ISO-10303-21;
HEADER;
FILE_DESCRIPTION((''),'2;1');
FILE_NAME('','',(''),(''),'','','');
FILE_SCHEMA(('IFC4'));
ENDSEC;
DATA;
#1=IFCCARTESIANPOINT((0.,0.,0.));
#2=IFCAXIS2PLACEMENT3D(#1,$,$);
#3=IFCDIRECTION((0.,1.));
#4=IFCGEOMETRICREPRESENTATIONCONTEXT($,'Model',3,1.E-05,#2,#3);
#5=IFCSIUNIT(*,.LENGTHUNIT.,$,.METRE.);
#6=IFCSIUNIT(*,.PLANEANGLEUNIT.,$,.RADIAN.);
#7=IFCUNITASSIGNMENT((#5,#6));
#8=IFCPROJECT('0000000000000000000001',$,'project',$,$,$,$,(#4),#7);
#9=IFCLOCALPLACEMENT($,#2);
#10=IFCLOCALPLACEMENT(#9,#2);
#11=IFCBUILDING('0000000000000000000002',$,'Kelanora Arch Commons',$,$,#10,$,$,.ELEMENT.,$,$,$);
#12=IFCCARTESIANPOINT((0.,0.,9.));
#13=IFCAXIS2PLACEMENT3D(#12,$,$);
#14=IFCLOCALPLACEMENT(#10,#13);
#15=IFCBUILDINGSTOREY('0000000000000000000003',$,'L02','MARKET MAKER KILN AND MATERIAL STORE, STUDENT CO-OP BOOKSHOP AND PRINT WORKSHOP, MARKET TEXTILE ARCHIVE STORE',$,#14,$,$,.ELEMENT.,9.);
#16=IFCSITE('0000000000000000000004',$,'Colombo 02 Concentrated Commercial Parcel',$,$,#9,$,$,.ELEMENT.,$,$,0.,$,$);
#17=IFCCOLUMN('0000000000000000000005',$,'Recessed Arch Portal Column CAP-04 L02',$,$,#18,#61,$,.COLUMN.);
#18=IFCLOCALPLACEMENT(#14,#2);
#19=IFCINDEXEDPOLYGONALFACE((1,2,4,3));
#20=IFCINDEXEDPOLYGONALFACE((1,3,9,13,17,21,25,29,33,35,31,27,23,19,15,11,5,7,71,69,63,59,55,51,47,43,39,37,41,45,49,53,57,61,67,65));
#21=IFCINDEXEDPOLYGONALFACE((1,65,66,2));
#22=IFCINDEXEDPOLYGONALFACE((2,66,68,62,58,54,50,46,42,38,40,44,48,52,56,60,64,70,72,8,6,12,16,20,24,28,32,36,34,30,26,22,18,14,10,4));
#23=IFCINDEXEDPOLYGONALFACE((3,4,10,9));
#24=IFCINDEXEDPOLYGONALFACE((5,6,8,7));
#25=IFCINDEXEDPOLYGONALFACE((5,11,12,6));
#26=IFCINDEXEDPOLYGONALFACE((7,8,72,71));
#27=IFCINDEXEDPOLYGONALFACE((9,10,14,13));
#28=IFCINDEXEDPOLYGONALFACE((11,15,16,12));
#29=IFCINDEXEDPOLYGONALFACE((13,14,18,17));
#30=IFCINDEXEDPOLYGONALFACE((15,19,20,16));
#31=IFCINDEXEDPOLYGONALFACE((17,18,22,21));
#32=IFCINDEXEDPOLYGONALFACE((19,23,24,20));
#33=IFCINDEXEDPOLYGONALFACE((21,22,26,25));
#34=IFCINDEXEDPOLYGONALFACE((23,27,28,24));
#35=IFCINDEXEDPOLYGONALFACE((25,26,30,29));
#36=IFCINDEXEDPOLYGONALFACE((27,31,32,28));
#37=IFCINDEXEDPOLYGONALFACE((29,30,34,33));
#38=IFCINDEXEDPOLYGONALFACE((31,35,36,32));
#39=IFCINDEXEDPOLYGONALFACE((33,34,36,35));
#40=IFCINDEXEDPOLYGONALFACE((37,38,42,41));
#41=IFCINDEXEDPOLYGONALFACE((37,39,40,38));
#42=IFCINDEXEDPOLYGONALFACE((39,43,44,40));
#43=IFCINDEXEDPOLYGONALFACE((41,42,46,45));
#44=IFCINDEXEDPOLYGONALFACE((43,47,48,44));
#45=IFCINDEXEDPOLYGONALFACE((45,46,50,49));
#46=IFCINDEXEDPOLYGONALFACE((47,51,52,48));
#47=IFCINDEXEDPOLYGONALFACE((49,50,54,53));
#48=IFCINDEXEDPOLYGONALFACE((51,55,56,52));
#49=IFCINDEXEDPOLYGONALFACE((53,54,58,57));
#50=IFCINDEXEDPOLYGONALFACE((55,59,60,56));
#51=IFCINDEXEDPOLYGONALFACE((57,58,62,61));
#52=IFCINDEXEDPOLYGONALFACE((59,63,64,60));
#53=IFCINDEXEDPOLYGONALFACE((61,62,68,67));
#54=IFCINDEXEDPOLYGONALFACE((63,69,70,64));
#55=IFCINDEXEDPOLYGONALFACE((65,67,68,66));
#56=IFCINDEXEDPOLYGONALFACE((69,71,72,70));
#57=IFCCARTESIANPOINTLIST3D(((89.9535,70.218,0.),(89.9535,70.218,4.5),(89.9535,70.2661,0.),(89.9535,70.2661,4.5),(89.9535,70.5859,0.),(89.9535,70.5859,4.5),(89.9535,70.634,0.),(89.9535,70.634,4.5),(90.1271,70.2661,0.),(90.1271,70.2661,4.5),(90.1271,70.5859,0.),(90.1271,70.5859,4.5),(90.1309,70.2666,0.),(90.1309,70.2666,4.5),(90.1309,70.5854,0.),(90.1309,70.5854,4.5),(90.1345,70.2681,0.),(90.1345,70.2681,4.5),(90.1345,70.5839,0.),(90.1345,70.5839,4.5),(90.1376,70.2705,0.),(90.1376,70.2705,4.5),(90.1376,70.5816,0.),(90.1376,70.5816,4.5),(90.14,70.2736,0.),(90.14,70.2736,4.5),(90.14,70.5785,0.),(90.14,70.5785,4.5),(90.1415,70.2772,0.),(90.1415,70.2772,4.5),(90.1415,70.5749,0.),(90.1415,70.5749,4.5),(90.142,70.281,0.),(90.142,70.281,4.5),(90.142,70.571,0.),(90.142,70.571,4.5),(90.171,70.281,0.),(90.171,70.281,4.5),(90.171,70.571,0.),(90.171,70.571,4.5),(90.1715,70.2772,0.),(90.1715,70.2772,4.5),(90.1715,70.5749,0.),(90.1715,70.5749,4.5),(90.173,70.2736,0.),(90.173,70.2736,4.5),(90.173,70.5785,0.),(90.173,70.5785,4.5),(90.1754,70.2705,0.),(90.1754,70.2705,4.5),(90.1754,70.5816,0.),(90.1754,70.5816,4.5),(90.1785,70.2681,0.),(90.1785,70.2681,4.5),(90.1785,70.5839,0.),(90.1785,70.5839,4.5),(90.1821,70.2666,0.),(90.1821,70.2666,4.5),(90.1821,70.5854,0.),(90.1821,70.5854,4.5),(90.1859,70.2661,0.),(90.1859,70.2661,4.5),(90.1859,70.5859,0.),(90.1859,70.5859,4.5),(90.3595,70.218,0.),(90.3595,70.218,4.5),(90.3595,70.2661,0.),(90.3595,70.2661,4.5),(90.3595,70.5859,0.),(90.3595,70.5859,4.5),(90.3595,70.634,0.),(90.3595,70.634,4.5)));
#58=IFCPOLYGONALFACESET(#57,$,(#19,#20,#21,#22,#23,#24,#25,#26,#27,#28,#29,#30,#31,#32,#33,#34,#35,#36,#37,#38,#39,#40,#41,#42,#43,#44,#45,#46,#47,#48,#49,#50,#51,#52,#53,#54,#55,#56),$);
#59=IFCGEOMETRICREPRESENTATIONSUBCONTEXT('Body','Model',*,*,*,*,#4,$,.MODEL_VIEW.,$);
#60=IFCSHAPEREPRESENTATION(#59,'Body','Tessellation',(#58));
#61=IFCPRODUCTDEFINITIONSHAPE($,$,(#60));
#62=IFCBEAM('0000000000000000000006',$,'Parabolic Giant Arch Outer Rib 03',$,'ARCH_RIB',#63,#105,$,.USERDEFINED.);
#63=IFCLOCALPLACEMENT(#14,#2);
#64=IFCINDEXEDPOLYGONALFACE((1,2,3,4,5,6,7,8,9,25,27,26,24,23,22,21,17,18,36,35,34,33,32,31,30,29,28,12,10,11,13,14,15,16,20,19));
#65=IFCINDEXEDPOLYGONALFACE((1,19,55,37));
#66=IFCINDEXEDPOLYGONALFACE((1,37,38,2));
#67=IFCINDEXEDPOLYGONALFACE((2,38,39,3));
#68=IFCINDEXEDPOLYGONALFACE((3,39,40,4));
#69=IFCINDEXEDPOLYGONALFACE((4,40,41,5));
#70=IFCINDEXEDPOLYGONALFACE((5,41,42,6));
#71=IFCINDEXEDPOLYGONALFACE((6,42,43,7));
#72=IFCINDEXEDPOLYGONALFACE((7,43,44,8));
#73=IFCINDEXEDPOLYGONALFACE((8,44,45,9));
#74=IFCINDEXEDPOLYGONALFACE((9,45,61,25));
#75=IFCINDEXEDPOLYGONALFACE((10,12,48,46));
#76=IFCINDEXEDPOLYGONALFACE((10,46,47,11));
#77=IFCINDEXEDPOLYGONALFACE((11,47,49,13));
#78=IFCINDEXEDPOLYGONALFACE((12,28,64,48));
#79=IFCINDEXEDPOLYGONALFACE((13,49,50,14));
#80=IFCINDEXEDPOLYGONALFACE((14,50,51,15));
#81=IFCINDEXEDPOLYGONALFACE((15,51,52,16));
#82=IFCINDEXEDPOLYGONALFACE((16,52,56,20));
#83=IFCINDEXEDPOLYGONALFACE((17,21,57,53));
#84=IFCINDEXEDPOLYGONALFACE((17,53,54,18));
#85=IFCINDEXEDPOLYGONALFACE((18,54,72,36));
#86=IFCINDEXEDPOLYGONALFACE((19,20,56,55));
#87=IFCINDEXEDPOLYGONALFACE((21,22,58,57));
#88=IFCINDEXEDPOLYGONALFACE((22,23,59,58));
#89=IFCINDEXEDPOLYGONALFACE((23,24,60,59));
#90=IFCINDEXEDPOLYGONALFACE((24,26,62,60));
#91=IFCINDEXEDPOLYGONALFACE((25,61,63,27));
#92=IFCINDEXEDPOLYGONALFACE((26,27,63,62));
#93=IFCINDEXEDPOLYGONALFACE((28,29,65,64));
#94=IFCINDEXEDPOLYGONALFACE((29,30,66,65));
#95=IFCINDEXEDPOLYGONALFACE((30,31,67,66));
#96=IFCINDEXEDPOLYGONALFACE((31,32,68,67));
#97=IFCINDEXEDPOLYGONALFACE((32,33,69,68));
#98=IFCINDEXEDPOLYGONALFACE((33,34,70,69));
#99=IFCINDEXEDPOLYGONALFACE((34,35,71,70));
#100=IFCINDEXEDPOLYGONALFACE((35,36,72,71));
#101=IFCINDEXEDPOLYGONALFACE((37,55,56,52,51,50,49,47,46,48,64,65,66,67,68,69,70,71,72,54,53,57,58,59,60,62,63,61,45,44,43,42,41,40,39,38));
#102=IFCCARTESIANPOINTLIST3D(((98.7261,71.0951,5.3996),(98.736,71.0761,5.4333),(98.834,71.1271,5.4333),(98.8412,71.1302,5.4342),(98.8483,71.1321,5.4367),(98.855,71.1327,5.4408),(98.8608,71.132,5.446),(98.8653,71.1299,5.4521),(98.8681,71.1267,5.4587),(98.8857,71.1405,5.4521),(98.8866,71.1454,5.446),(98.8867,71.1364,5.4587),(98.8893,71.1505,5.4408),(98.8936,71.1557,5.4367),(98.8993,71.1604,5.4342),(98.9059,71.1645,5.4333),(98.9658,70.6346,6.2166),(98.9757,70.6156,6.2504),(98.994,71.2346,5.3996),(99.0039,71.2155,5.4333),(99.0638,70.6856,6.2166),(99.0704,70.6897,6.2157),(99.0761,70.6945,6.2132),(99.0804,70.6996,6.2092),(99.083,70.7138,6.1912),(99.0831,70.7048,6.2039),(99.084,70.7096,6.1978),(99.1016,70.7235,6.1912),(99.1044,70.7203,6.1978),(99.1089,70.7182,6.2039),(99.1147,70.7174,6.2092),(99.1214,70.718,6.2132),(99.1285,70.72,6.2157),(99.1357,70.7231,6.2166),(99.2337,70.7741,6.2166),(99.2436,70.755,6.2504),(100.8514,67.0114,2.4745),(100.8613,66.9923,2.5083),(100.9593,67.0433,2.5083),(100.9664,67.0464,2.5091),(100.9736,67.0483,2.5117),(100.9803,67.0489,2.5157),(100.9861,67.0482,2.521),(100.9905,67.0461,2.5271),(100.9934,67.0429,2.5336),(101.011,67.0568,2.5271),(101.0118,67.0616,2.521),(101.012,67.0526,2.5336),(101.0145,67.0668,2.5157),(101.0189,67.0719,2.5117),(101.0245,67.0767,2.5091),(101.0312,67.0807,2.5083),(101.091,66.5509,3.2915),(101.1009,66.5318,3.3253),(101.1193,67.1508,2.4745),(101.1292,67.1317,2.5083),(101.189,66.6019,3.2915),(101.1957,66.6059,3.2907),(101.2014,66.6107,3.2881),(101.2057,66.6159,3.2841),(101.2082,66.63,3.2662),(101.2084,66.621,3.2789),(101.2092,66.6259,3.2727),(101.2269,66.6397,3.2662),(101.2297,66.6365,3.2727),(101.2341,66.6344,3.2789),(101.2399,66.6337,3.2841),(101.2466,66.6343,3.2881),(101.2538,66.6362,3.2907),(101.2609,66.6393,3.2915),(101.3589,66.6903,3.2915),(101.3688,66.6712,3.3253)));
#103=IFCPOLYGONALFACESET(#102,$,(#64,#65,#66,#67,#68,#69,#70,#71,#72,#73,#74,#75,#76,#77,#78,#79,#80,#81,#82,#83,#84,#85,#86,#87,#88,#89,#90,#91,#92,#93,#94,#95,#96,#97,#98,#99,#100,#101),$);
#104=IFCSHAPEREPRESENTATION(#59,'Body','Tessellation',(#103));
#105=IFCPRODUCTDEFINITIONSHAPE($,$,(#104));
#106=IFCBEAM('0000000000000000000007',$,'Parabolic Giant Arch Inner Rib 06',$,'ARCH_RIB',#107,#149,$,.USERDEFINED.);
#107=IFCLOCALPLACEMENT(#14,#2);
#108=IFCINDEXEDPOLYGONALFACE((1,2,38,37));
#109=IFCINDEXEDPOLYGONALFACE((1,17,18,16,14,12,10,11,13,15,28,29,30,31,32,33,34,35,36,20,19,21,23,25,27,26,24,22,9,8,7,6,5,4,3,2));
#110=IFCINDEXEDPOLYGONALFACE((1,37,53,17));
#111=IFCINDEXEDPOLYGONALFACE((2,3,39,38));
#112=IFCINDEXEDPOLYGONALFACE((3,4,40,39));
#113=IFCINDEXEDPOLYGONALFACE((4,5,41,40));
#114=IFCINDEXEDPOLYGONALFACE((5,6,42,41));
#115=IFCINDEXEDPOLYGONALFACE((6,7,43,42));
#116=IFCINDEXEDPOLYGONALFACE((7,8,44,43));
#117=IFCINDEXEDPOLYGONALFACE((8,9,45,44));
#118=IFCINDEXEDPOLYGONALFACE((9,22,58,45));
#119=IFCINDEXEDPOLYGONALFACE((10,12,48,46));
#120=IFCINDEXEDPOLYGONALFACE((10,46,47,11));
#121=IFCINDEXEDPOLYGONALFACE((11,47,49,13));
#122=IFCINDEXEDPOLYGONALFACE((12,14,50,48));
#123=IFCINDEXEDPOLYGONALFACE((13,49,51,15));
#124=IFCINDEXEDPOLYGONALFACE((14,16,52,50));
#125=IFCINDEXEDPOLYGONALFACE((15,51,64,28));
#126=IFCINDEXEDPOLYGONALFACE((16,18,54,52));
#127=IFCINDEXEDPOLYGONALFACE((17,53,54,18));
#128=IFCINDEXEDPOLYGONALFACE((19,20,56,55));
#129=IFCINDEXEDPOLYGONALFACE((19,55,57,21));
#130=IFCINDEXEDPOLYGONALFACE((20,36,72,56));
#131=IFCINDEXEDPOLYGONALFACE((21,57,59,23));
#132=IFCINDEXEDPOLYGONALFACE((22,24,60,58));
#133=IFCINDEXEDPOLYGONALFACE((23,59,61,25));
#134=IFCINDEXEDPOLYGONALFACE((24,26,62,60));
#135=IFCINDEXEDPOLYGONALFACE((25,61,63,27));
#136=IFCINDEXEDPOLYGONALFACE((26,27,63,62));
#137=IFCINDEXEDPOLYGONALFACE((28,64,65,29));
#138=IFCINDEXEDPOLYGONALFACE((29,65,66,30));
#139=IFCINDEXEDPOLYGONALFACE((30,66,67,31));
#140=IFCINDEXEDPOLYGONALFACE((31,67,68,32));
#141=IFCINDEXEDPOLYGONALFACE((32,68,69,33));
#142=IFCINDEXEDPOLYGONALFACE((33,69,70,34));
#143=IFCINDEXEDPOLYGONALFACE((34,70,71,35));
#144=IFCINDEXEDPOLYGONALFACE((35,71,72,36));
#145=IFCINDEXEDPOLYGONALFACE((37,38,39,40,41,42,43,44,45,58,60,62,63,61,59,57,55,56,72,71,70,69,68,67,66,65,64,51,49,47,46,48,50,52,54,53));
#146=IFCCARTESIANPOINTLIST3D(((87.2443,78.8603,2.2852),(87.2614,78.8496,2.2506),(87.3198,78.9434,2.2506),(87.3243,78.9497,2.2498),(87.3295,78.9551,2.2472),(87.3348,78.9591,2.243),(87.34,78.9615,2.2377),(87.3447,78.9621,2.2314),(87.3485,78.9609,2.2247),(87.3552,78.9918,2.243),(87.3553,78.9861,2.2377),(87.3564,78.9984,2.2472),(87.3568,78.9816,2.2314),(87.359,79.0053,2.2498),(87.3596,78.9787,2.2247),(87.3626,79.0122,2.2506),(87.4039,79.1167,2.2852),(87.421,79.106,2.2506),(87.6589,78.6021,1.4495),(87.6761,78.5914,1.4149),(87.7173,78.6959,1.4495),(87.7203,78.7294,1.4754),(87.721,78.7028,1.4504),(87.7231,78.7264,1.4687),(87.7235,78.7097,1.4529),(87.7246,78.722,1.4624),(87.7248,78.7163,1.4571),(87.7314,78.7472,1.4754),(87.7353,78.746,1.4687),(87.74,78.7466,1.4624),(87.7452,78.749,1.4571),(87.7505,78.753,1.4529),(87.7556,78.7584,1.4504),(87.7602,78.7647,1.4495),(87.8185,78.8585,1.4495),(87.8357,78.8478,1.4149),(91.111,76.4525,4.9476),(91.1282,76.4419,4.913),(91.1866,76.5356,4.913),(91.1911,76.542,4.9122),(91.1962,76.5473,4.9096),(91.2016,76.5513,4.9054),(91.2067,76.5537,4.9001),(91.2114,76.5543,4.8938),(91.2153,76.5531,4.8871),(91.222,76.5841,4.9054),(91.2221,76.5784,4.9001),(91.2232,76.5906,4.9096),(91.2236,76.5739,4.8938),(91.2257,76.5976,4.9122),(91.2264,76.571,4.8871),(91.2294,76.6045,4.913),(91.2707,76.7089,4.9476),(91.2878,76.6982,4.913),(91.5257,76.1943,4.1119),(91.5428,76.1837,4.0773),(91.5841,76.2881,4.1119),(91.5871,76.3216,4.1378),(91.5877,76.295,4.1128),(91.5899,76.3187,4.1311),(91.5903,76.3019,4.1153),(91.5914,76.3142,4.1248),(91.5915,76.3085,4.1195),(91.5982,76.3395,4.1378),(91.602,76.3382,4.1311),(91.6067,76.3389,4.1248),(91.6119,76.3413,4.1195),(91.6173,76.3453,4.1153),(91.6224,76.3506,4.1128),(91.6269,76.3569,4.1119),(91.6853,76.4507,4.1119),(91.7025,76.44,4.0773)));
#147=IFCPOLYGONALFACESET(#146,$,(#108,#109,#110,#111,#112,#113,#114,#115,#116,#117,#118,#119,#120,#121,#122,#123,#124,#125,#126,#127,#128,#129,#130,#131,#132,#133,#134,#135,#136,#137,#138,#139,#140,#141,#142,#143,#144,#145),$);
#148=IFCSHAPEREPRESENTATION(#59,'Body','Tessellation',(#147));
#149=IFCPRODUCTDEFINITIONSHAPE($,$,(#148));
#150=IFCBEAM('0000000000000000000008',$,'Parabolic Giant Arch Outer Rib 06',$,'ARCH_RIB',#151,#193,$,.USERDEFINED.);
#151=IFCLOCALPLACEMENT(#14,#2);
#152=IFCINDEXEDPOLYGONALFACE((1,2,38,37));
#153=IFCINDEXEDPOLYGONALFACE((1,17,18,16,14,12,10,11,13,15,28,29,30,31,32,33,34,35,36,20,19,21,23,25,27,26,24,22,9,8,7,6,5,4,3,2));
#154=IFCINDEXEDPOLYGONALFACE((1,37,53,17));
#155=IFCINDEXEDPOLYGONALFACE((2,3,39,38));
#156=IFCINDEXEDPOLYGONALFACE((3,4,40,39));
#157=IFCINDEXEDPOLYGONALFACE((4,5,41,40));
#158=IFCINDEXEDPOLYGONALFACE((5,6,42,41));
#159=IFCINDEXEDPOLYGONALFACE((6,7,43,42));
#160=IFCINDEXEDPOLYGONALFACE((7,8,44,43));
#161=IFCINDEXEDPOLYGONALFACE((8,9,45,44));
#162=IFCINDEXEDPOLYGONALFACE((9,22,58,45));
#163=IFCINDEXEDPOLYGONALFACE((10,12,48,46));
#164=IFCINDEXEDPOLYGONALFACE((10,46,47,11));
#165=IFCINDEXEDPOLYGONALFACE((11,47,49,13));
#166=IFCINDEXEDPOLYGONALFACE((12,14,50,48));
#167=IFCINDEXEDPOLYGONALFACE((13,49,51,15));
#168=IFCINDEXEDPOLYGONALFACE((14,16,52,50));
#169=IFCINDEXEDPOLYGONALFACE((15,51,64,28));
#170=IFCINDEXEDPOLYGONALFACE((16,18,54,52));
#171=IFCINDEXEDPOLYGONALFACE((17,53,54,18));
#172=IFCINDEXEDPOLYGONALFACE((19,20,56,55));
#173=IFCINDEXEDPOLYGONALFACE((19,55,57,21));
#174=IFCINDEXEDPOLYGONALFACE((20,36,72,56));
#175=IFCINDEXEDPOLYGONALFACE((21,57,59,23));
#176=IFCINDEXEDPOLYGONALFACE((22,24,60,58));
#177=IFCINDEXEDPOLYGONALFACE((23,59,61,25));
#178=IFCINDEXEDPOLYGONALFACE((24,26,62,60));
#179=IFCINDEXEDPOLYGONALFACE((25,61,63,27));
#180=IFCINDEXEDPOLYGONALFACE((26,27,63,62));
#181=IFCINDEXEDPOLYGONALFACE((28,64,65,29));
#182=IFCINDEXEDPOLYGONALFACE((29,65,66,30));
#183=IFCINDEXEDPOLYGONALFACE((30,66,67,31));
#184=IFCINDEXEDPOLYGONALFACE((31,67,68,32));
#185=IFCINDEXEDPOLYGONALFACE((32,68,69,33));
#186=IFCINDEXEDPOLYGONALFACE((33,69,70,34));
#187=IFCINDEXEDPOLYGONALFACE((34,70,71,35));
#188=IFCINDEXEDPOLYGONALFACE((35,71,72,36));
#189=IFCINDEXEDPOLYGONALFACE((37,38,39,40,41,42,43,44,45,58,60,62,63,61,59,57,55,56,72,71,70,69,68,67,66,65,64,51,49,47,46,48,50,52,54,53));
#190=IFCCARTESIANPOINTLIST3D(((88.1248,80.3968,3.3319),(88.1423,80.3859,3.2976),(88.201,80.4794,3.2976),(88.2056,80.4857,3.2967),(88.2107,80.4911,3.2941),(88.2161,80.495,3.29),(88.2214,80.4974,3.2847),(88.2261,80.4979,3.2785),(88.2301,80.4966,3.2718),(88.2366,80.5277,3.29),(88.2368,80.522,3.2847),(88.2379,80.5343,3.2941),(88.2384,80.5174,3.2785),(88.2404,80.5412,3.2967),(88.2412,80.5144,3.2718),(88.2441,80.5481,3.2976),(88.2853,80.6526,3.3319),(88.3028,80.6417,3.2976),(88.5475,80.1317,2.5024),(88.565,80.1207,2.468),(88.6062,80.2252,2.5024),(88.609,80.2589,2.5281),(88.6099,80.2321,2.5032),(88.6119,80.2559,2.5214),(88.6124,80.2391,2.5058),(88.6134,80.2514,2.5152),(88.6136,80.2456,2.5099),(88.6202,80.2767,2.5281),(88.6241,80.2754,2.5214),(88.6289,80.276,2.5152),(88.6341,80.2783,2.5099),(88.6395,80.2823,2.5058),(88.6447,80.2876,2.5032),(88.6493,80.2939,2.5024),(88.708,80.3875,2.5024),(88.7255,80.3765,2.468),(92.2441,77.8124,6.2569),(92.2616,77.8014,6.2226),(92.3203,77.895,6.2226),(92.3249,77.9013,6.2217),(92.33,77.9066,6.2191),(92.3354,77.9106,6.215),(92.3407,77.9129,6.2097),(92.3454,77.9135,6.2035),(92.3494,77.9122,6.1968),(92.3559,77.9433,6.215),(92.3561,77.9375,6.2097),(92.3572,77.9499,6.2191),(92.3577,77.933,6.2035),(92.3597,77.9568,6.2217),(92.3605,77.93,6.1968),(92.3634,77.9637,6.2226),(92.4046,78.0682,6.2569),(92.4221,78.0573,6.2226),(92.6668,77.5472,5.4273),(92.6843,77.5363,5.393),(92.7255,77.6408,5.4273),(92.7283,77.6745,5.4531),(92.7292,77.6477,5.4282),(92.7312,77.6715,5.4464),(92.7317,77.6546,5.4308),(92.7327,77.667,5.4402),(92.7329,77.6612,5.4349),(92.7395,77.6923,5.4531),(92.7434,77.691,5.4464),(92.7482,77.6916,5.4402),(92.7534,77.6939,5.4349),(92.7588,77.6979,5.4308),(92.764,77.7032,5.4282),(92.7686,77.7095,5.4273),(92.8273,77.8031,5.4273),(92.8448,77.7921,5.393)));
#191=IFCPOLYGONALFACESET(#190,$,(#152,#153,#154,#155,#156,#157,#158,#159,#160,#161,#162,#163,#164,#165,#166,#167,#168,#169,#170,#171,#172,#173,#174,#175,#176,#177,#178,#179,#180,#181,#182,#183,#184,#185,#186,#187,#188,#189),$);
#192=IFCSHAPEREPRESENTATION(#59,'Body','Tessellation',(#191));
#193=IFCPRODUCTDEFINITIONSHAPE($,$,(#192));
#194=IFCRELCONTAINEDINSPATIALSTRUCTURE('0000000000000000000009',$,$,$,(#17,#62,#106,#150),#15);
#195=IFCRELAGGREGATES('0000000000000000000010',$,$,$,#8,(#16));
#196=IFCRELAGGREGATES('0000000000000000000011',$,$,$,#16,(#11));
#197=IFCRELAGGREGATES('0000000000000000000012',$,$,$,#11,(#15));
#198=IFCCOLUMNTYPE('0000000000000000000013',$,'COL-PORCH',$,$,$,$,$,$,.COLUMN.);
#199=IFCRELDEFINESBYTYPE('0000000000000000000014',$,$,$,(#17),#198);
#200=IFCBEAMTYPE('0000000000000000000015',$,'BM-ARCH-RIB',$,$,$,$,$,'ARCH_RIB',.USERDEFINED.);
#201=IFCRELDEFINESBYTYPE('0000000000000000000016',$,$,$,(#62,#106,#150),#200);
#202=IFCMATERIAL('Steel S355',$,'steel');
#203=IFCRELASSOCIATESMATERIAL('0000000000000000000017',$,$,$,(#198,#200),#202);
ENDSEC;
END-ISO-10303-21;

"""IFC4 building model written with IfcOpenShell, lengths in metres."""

from ifc_helpers import new_model, si_unit, direction, frame, origin, origin_2d, place, context, subcontext, project, spatial, i_section, extrude, material, material_profile, profile_set, type_object, element, save


model = new_model("IFC4")

# Units and contexts
model_context = context("Model", 3, precision=1e-05, world=origin(), true_north=direction((0.0, 1.0)))
body_context = subcontext(model_context, "Body", "Model", "MODEL_VIEW")
ifc_project = project(units=[si_unit("LENGTHUNIT", "METRE"), si_unit("PLANEANGLEUNIT", "RADIAN")], contexts=[model_context])

# Site, building, storey
site_placement = place(None, origin())
site = spatial("IfcSite", under=ifc_project, at=site_placement, Name="Colombo 02 Concentrated Commercial Parcel", CompositionType="ELEMENT", RefElevation=0.0)
building_placement = place(site_placement, origin())
building = spatial("IfcBuilding", under=site, at=building_placement, Name="Kelanora Arch Commons", CompositionType="ELEMENT")
storey_placement = place(building_placement, frame((0.0, 0.0, 9.0)))
storey = spatial("IfcBuildingStorey", under=building, at=storey_placement, Name="L02", Description="MARKET MAKER KILN AND MATERIAL STORE, STUDENT CO-OP BOOKSHOP AND PRINT WORKSHOP, MARKET TEXTILE ARCHIVE STORE", CompositionType="ELEMENT", Elevation=9.0)

# Column
ifc_material_1 = material(Name="Steel S355", Category="steel")
ifc_material_profile_1 = material_profile(ifc_material_1, i_section(OverallWidth=0.406, OverallDepth=0.416, WebThickness=0.0291, FlangeThickness=0.0481, FilletRadius=0.0149, at=origin_2d()), Name="HD400x382")
ifc_profile_set_1 = profile_set([ifc_material_profile_1], Name="Steel S355")
column_type = type_object("IfcColumnType", Name="COL-PORCH", PredefinedType="COLUMN", material=ifc_profile_set_1)
column_placement = place(storey_placement, frame((90.1565, 70.426, 0.0), z_axis=(0.0, 0.0, 1.0), x_axis=(1.0, 0.0, 0.0)))
element("IfcColumn", 1, at=column_placement, inside=storey, type_object=column_type, Name="Recessed Arch Portal Column CAP-04 L02", PredefinedType="COLUMN", context=body_context, shape_type="SweptSolid", body=[
    extrude(i_section(OverallWidth=0.406, OverallDepth=0.416, WebThickness=0.0291, FlangeThickness=0.0481, FilletRadius=0.0149, at=origin_2d()), origin(), (0.0, 0.0, 1.0), 4.5),
])

# Beams
ifc_material_profile_2 = material_profile(ifc_material_1, i_section(OverallWidth=0.302, OverallDepth=1.0081, WebThickness=0.021, FlangeThickness=0.04, FilletRadius=0.03, at=origin_2d()), Name="HEM1000")
ifc_profile_set_2 = profile_set([ifc_material_profile_2], Name="Steel S355")
beam_type_1 = type_object("IfcBeamType", Name="BM-ARCH-RIB", ElementType="ARCH_RIB", PredefinedType="USERDEFINED", material=ifc_profile_set_2)
beam_1_placement = place(storey_placement, frame((101.1101, 66.8413, 2.8999), z_axis=(-0.389645, 0.748718, 0.536282), x_axis=(-0.887066, -0.461643, 0.0)))
element("IfcBeam", 2, at=beam_1_placement, inside=storey, type_object=beam_type_1, Name="Parabolic Giant Arch Outer Rib 03", ObjectType="ARCH_RIB", PredefinedType="USERDEFINED", context=body_context, shape_type="SweptSolid", body=[
    extrude(i_section(OverallWidth=0.302, OverallDepth=1.0081, WebThickness=0.021, FlangeThickness=0.04, FilletRadius=0.03, at=origin_2d()), origin(), (0.0, 0.0, 1.0), 5.4543),
])
beam_2_placement = place(storey_placement, frame((91.4067, 76.4463, 4.5125), z_axis=(-0.732879, 0.456349, -0.504612), x_axis=(-0.528582, -0.848882, 0.0)))
element("IfcBeam", 3, at=beam_2_placement, inside=storey, type_object=beam_type_1, Name="Parabolic Giant Arch Inner Rib 06", ObjectType="ARCH_RIB", PredefinedType="USERDEFINED", context=body_context, shape_type="SweptSolid", body=[
    extrude(i_section(OverallWidth=0.302, OverallDepth=1.0081, WebThickness=0.021, FlangeThickness=0.04, FilletRadius=0.03, at=origin_2d()), origin(), (0.0, 0.0, 1.0), 5.2761),
])
beam_3_placement = place(storey_placement, frame((92.5444, 77.8022, 5.825), z_axis=(-0.725893, 0.45542, -0.515434), x_axis=(-0.531456, -0.847086, 0.0)))
element("IfcBeam", 4, at=beam_3_placement, inside=storey, type_object=beam_type_1, Name="Parabolic Giant Arch Outer Rib 06", ObjectType="ARCH_RIB", PredefinedType="USERDEFINED", context=body_context, shape_type="SweptSolid", body=[
    extrude(i_section(OverallWidth=0.302, OverallDepth=1.0081, WebThickness=0.021, FlangeThickness=0.04, FilletRadius=0.03, at=origin_2d()), origin(), (0.0, 0.0, 1.0), 5.6748),
])

save(model, "model.ifc")
